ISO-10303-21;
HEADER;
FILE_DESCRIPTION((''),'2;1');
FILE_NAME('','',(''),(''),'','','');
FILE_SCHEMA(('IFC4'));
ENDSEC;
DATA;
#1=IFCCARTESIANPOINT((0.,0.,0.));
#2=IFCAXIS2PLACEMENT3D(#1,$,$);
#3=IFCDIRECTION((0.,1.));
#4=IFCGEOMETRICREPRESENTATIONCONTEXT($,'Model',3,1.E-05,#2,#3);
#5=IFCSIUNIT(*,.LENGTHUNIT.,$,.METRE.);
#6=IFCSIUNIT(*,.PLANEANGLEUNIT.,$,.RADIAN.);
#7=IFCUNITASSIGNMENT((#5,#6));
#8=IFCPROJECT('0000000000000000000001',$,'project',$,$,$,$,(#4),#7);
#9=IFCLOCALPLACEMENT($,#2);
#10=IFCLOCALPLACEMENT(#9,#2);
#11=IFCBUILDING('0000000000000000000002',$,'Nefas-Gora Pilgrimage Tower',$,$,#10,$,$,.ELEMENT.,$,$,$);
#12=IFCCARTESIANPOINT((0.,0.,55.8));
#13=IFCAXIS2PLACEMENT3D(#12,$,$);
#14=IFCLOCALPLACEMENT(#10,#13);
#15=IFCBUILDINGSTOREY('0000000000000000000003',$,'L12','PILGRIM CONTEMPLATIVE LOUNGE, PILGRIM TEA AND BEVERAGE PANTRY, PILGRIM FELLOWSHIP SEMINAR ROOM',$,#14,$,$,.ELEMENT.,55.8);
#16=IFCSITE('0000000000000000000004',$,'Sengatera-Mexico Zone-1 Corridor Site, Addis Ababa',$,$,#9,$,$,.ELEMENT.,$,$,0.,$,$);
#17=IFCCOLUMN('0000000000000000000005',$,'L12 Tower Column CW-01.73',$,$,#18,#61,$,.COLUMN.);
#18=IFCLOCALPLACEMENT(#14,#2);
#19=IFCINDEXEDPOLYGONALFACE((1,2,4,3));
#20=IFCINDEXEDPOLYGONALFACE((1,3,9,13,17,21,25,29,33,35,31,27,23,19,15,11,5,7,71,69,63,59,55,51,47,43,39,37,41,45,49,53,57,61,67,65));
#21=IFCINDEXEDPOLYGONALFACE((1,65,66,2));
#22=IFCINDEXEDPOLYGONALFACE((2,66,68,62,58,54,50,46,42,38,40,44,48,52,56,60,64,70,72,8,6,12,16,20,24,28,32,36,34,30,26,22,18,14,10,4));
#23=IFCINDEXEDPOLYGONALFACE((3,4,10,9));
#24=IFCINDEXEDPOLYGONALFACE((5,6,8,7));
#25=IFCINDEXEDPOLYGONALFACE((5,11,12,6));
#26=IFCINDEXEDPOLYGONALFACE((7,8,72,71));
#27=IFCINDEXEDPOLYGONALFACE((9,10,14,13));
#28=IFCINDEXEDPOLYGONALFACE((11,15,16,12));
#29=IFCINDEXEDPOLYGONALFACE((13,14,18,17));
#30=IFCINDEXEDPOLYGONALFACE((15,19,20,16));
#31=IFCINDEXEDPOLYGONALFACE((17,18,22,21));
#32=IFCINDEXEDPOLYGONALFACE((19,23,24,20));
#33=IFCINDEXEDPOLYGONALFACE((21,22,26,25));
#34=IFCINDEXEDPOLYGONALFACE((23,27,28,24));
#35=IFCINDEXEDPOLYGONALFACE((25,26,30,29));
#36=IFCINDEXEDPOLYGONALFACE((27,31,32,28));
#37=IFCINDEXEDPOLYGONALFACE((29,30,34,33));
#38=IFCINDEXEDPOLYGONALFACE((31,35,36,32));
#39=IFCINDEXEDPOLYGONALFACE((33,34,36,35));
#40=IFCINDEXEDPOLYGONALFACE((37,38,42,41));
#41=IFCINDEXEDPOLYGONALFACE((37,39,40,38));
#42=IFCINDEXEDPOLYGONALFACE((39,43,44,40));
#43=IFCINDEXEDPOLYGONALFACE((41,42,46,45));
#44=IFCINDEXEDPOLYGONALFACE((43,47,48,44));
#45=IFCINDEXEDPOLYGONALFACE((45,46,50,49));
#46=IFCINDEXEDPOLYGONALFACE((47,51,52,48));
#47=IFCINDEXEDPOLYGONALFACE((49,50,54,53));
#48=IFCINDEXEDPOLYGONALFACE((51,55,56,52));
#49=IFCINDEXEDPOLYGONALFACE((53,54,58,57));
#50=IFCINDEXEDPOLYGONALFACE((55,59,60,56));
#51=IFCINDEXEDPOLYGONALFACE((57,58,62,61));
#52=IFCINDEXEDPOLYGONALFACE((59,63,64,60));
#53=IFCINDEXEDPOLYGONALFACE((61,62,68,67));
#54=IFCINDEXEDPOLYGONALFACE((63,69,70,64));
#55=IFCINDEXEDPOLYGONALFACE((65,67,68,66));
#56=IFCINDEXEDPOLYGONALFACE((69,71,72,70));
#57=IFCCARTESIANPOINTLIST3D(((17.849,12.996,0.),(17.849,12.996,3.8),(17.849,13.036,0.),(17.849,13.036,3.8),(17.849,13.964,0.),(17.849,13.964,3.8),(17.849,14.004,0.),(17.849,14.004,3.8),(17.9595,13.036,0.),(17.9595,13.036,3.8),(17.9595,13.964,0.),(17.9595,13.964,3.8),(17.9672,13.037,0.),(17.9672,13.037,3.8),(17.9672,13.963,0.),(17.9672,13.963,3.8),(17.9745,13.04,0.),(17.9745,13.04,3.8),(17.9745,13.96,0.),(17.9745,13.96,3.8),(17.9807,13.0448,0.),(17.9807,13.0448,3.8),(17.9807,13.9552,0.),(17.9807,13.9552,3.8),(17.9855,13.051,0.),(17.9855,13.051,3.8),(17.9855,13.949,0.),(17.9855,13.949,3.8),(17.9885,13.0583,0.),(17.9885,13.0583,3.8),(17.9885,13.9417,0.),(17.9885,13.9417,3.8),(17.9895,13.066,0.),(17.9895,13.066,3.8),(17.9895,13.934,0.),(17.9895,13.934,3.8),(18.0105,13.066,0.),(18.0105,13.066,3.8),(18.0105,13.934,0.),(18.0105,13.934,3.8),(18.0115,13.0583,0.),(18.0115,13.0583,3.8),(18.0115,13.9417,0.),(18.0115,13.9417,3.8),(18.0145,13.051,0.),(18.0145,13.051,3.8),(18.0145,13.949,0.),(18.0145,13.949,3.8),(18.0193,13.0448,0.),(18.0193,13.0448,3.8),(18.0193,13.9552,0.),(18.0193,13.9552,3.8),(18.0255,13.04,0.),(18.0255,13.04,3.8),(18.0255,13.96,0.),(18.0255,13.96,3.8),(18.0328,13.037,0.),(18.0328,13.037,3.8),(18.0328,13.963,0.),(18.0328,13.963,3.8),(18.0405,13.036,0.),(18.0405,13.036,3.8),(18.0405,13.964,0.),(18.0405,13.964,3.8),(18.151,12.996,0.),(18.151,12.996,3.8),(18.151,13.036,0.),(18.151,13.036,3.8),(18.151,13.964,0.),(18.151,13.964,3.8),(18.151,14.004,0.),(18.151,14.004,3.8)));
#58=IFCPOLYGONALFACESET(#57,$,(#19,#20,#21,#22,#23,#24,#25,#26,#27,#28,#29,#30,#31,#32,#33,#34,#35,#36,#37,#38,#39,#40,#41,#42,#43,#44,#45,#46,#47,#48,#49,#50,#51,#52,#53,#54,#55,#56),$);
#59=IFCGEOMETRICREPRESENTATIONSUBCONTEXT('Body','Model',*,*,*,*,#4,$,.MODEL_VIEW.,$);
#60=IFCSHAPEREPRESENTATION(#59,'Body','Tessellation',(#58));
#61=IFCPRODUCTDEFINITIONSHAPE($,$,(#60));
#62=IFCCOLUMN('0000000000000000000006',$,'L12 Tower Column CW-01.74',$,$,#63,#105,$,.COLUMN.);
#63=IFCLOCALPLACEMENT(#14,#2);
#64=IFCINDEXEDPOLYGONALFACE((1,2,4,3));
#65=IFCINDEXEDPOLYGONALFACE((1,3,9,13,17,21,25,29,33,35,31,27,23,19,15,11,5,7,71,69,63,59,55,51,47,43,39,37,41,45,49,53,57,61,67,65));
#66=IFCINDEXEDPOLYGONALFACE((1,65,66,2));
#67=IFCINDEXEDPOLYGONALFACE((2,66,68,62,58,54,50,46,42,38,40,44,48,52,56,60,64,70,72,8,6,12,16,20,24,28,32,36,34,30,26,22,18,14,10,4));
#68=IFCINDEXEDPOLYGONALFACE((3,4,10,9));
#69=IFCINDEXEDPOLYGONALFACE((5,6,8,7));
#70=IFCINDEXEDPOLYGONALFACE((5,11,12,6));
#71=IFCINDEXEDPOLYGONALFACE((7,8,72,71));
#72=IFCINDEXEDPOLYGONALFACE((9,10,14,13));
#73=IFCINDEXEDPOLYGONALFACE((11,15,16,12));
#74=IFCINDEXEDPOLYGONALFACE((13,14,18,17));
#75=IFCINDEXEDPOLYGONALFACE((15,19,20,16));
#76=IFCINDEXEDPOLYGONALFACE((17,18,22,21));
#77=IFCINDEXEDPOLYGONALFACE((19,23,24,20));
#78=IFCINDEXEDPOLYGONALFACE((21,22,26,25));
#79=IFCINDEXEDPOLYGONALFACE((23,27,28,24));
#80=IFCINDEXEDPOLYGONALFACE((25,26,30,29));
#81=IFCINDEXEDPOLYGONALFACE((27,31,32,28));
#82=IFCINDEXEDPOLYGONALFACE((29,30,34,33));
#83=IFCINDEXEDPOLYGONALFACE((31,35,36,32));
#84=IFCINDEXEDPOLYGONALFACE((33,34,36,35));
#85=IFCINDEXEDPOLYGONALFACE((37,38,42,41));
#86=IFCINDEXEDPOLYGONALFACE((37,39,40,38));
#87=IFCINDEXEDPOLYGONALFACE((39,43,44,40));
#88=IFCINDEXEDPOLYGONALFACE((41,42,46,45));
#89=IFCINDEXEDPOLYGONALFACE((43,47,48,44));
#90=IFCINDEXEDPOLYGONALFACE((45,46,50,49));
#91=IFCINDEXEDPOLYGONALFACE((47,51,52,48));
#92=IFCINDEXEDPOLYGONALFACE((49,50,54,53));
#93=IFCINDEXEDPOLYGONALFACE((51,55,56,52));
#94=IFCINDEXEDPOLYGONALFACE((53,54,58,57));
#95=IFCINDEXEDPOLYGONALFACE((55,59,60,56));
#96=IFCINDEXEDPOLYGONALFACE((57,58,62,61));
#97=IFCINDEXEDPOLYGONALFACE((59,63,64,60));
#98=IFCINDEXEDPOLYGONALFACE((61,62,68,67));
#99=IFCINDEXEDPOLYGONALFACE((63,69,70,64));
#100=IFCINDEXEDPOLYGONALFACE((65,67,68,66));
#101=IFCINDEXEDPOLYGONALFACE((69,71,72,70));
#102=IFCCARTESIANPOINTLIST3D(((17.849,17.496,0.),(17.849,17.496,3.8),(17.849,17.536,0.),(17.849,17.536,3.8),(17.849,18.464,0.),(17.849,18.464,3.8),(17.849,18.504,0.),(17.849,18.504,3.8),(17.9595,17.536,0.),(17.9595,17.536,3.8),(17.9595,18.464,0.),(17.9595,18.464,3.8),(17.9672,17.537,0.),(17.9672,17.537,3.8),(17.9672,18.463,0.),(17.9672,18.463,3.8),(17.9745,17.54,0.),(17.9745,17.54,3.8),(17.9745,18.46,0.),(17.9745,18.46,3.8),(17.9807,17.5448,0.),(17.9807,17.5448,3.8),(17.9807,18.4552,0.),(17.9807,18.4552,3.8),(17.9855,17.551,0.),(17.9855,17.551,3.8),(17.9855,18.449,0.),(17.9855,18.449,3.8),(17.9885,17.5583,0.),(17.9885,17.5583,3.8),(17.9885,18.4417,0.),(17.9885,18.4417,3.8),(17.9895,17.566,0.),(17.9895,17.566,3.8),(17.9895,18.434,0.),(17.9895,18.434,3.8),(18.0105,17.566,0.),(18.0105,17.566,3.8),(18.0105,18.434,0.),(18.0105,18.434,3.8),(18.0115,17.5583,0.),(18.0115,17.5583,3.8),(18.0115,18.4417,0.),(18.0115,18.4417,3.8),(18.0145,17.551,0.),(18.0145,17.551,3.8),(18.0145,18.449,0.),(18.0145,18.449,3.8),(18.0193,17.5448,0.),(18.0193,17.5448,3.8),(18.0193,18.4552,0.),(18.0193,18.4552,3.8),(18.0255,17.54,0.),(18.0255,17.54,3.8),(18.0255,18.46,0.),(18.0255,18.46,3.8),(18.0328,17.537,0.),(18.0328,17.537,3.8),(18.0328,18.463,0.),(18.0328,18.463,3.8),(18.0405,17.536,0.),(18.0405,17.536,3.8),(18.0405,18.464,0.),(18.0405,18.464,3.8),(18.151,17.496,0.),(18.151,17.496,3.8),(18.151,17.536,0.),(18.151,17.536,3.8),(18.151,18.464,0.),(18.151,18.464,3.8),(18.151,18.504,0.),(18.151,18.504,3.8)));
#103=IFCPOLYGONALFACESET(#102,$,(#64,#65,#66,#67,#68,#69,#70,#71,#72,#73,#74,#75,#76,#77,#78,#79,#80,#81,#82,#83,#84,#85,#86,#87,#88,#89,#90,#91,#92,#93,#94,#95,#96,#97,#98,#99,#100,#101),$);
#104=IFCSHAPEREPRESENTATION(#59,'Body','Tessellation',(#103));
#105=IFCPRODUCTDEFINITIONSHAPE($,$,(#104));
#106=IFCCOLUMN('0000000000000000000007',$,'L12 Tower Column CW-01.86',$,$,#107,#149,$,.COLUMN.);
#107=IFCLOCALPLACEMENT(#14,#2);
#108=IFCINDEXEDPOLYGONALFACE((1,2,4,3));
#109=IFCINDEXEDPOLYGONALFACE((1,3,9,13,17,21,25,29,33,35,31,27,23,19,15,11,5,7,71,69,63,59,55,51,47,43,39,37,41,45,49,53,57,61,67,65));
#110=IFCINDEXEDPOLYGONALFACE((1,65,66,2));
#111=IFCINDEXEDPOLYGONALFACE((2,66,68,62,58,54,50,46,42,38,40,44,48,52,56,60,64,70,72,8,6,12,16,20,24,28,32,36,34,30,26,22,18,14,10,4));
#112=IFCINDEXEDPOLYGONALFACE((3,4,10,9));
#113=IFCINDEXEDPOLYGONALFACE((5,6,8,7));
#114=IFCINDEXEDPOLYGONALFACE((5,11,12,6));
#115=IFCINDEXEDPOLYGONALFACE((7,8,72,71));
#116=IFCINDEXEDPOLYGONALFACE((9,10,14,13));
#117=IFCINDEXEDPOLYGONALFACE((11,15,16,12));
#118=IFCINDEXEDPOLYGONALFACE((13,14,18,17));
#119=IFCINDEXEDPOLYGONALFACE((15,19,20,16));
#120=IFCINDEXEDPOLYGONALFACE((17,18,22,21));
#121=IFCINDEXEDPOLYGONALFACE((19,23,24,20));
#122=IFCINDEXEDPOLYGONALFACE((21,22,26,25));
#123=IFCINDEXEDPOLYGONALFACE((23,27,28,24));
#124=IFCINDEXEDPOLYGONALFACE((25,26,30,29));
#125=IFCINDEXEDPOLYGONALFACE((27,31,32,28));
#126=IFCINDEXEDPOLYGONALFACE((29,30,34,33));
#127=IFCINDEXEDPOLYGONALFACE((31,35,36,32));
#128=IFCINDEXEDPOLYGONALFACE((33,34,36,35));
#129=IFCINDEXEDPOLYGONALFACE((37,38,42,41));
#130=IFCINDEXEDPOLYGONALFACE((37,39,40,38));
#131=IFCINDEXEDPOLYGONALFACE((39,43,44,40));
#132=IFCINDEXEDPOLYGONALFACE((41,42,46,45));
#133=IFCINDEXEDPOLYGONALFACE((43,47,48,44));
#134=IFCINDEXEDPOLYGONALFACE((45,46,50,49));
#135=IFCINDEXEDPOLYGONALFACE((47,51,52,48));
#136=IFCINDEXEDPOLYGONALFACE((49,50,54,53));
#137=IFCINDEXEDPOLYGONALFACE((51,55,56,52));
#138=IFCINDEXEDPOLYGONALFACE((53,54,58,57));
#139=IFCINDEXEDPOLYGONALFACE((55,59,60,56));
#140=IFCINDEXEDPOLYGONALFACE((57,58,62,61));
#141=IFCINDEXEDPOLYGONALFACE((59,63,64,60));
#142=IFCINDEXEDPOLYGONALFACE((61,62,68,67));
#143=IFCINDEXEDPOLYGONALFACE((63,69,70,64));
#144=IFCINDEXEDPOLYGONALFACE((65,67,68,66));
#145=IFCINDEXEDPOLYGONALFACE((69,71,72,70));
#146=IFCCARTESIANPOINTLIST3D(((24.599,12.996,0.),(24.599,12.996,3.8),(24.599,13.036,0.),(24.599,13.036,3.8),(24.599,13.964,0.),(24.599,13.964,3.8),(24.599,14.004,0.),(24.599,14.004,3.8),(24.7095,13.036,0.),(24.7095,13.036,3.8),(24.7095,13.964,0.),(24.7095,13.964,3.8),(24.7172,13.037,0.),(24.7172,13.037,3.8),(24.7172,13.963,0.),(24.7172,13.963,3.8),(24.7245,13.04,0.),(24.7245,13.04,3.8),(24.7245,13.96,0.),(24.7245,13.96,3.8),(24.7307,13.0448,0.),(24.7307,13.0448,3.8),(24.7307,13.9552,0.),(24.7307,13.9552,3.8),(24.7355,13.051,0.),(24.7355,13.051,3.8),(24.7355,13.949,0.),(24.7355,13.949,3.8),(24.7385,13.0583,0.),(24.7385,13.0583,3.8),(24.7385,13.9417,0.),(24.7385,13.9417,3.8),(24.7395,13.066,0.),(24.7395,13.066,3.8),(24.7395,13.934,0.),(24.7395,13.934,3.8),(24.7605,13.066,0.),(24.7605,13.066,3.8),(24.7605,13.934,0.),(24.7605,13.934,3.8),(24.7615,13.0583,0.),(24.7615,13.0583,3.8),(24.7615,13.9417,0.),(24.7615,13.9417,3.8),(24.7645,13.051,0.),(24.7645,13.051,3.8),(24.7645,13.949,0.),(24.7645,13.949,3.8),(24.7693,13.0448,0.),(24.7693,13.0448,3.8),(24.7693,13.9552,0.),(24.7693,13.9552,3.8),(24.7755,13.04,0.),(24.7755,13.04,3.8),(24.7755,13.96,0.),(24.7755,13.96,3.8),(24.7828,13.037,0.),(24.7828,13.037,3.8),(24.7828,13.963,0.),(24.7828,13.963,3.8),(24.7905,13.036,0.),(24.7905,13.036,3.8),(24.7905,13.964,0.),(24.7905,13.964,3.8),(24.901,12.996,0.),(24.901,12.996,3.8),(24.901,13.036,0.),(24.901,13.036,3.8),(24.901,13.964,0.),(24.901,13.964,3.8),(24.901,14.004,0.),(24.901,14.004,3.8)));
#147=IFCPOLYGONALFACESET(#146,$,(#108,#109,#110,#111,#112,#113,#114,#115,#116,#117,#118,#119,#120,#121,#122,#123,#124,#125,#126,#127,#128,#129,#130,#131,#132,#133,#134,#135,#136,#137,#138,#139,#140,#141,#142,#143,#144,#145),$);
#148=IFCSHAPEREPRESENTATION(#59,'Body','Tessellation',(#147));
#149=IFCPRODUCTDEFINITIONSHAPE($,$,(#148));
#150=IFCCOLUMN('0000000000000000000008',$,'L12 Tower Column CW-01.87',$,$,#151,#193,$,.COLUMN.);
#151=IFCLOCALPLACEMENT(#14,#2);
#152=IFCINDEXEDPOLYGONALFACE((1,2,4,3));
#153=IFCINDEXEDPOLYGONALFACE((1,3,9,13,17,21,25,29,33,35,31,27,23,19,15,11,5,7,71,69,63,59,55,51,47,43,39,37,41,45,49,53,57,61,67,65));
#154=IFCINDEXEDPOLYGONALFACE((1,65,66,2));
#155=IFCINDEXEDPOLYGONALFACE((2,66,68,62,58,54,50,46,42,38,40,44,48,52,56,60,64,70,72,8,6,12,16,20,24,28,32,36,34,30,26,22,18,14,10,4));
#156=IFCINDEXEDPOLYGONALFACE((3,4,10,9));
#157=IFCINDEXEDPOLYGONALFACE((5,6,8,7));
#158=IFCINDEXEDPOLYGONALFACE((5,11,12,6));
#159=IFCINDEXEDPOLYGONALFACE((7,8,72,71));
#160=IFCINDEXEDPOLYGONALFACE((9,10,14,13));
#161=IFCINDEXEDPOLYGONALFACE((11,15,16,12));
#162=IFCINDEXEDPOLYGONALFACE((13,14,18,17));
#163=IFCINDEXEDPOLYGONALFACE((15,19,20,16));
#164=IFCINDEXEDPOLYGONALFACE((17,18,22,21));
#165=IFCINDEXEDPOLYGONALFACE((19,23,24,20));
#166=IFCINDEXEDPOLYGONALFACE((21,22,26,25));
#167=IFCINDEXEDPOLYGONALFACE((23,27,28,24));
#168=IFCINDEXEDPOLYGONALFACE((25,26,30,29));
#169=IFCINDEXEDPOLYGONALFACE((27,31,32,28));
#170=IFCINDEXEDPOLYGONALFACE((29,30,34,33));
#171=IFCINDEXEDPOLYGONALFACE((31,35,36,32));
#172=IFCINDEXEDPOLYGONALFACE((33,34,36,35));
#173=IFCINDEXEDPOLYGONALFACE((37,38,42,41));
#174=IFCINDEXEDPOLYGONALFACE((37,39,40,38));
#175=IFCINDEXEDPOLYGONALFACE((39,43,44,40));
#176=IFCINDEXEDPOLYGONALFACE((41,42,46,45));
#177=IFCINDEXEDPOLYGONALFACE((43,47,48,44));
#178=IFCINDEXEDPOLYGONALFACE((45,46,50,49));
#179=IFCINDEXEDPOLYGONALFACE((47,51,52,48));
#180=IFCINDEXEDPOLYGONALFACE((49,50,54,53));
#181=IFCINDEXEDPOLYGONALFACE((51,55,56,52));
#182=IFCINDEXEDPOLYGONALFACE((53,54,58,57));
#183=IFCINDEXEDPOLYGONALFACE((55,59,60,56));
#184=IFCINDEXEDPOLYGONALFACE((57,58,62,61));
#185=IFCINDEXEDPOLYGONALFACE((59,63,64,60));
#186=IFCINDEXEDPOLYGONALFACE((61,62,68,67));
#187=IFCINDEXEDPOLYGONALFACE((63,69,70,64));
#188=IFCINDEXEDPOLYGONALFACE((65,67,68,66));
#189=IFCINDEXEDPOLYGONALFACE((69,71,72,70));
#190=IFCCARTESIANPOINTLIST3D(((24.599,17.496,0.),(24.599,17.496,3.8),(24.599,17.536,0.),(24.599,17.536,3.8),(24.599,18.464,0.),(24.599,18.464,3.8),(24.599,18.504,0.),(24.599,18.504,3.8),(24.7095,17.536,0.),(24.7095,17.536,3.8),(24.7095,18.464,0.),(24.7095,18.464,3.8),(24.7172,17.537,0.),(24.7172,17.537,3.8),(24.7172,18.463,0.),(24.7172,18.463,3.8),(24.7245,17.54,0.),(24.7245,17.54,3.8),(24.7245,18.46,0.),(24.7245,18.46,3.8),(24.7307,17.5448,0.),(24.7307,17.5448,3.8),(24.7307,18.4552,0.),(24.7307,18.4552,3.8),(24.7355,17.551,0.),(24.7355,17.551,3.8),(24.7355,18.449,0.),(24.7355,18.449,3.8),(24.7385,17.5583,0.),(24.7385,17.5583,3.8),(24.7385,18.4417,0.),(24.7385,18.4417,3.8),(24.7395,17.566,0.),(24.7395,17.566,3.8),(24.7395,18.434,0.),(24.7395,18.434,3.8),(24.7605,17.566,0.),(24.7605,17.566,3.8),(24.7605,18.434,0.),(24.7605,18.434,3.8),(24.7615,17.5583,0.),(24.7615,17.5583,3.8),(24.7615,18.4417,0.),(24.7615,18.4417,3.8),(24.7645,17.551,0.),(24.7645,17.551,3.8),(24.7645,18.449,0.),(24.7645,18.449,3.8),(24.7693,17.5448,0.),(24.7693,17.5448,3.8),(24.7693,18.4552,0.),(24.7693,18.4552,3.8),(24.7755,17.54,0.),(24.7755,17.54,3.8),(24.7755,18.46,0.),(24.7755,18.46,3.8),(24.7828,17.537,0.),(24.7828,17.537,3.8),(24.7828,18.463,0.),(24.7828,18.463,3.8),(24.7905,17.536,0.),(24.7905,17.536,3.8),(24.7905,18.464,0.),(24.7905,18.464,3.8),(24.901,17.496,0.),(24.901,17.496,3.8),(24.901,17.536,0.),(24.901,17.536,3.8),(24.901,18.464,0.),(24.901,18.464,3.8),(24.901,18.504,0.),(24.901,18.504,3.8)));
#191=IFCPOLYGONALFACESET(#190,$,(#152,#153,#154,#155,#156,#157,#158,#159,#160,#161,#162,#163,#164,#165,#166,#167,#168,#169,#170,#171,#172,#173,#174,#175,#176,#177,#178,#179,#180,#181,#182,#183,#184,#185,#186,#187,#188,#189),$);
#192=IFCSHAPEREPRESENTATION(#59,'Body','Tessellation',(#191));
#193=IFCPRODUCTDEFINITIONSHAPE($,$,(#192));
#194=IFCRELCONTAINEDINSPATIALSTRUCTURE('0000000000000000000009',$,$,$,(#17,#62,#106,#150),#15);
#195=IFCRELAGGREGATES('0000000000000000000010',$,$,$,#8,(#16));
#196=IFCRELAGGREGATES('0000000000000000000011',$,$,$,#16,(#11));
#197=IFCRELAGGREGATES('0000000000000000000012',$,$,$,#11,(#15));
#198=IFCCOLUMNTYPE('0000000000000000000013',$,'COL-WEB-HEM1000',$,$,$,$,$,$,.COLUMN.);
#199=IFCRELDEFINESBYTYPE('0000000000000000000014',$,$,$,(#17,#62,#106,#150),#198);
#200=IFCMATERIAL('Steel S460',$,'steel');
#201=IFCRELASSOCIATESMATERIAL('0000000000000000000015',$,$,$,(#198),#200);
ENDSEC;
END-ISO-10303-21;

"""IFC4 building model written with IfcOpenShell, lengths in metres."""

from ifc_helpers import new_model, si_unit, direction, frame, origin, origin_2d, place, context, subcontext, project, spatial, i_section, extrude, source, transform, mapped, material, material_profile, profile_set, type_object, element, save


model = new_model("IFC4")

# Units and contexts
model_context = context("Model", 3, precision=1e-05, world=origin(), true_north=direction((0.0, 1.0)))
body_context = subcontext(model_context, "Body", "Model", "MODEL_VIEW")
ifc_project = project(units=[si_unit("LENGTHUNIT", "METRE"), si_unit("PLANEANGLEUNIT", "RADIAN")], contexts=[model_context])

# Site, building, storey
site_placement = place(None, origin())
site = spatial("IfcSite", under=ifc_project, at=site_placement, Name="Sengatera-Mexico Zone-1 Corridor Site, Addis Ababa", CompositionType="ELEMENT", RefElevation=0.0)
building_placement = place(site_placement, origin())
building = spatial("IfcBuilding", under=site, at=building_placement, Name="Nefas-Gora Pilgrimage Tower", CompositionType="ELEMENT")
storey_placement = place(building_placement, frame((0.0, 0.0, 55.8)))
storey = spatial("IfcBuildingStorey", under=building, at=storey_placement, Name="L12", Description="PILGRIM CONTEMPLATIVE LOUNGE, PILGRIM TEA AND BEVERAGE PANTRY, PILGRIM FELLOWSHIP SEMINAR ROOM", CompositionType="ELEMENT", Elevation=55.8)

# Columns
ifc_material_1 = material(Name="Steel S460", Category="steel")
ifc_material_profile_1 = material_profile(ifc_material_1, i_section(OverallWidth=0.302, OverallDepth=1.0081, WebThickness=0.021, FlangeThickness=0.04, FilletRadius=0.03, at=origin_2d()), Name="HEM 1000")
ifc_profile_set_1 = profile_set([ifc_material_profile_1], Name="Steel S460")
column_type_1 = type_object("IfcColumnType", Name="COL-WEB-HEM1000", PredefinedType="COLUMN", material=ifc_profile_set_1)
shared_shape_1 = source(origin(), body_context, "Body", "SweptSolid", [
    extrude(i_section(OverallWidth=0.302, OverallDepth=1.0081, WebThickness=0.021, FlangeThickness=0.04, FilletRadius=0.03, at=origin_2d()), origin(), (0.0, 0.0, 1.0), 3.8),
])
for number, where, z_axis, x_axis, name in (
    (1, (18.0, 13.5, 0.0), (0.0, 0.0, 1.0), (1.0, 0.0, 0.0), "L12 Tower Column CW-01.73"),
    (2, (18.0, 18.0, 0.0), (0.0, 0.0, 1.0), (1.0, 0.0, 0.0), "L12 Tower Column CW-01.74"),
    (3, (24.75, 13.5, 0.0), (0.0, 0.0, 1.0), (1.0, 0.0, 0.0), "L12 Tower Column CW-01.86"),
    (4, (24.75, 18.0, 0.0), (0.0, 0.0, 1.0), (1.0, 0.0, 0.0), "L12 Tower Column CW-01.87"),
):
    element("IfcColumn", number, at=place(storey_placement, frame(where, z_axis=z_axis, x_axis=x_axis)), inside=storey, type_object=column_type_1, Name=name, PredefinedType="COLUMN", context=body_context, shape_type="MappedRepresentation", body=[
        mapped(shared_shape_1, transform((0.0, 0.0, 0.0), x_axis=(1.0, 0.0, 0.0), y_axis=(0.0, 1.0, 0.0), z_axis=(0.0, 0.0, 1.0), scale=1.0)),
    ])

save(model, "model.ifc")
